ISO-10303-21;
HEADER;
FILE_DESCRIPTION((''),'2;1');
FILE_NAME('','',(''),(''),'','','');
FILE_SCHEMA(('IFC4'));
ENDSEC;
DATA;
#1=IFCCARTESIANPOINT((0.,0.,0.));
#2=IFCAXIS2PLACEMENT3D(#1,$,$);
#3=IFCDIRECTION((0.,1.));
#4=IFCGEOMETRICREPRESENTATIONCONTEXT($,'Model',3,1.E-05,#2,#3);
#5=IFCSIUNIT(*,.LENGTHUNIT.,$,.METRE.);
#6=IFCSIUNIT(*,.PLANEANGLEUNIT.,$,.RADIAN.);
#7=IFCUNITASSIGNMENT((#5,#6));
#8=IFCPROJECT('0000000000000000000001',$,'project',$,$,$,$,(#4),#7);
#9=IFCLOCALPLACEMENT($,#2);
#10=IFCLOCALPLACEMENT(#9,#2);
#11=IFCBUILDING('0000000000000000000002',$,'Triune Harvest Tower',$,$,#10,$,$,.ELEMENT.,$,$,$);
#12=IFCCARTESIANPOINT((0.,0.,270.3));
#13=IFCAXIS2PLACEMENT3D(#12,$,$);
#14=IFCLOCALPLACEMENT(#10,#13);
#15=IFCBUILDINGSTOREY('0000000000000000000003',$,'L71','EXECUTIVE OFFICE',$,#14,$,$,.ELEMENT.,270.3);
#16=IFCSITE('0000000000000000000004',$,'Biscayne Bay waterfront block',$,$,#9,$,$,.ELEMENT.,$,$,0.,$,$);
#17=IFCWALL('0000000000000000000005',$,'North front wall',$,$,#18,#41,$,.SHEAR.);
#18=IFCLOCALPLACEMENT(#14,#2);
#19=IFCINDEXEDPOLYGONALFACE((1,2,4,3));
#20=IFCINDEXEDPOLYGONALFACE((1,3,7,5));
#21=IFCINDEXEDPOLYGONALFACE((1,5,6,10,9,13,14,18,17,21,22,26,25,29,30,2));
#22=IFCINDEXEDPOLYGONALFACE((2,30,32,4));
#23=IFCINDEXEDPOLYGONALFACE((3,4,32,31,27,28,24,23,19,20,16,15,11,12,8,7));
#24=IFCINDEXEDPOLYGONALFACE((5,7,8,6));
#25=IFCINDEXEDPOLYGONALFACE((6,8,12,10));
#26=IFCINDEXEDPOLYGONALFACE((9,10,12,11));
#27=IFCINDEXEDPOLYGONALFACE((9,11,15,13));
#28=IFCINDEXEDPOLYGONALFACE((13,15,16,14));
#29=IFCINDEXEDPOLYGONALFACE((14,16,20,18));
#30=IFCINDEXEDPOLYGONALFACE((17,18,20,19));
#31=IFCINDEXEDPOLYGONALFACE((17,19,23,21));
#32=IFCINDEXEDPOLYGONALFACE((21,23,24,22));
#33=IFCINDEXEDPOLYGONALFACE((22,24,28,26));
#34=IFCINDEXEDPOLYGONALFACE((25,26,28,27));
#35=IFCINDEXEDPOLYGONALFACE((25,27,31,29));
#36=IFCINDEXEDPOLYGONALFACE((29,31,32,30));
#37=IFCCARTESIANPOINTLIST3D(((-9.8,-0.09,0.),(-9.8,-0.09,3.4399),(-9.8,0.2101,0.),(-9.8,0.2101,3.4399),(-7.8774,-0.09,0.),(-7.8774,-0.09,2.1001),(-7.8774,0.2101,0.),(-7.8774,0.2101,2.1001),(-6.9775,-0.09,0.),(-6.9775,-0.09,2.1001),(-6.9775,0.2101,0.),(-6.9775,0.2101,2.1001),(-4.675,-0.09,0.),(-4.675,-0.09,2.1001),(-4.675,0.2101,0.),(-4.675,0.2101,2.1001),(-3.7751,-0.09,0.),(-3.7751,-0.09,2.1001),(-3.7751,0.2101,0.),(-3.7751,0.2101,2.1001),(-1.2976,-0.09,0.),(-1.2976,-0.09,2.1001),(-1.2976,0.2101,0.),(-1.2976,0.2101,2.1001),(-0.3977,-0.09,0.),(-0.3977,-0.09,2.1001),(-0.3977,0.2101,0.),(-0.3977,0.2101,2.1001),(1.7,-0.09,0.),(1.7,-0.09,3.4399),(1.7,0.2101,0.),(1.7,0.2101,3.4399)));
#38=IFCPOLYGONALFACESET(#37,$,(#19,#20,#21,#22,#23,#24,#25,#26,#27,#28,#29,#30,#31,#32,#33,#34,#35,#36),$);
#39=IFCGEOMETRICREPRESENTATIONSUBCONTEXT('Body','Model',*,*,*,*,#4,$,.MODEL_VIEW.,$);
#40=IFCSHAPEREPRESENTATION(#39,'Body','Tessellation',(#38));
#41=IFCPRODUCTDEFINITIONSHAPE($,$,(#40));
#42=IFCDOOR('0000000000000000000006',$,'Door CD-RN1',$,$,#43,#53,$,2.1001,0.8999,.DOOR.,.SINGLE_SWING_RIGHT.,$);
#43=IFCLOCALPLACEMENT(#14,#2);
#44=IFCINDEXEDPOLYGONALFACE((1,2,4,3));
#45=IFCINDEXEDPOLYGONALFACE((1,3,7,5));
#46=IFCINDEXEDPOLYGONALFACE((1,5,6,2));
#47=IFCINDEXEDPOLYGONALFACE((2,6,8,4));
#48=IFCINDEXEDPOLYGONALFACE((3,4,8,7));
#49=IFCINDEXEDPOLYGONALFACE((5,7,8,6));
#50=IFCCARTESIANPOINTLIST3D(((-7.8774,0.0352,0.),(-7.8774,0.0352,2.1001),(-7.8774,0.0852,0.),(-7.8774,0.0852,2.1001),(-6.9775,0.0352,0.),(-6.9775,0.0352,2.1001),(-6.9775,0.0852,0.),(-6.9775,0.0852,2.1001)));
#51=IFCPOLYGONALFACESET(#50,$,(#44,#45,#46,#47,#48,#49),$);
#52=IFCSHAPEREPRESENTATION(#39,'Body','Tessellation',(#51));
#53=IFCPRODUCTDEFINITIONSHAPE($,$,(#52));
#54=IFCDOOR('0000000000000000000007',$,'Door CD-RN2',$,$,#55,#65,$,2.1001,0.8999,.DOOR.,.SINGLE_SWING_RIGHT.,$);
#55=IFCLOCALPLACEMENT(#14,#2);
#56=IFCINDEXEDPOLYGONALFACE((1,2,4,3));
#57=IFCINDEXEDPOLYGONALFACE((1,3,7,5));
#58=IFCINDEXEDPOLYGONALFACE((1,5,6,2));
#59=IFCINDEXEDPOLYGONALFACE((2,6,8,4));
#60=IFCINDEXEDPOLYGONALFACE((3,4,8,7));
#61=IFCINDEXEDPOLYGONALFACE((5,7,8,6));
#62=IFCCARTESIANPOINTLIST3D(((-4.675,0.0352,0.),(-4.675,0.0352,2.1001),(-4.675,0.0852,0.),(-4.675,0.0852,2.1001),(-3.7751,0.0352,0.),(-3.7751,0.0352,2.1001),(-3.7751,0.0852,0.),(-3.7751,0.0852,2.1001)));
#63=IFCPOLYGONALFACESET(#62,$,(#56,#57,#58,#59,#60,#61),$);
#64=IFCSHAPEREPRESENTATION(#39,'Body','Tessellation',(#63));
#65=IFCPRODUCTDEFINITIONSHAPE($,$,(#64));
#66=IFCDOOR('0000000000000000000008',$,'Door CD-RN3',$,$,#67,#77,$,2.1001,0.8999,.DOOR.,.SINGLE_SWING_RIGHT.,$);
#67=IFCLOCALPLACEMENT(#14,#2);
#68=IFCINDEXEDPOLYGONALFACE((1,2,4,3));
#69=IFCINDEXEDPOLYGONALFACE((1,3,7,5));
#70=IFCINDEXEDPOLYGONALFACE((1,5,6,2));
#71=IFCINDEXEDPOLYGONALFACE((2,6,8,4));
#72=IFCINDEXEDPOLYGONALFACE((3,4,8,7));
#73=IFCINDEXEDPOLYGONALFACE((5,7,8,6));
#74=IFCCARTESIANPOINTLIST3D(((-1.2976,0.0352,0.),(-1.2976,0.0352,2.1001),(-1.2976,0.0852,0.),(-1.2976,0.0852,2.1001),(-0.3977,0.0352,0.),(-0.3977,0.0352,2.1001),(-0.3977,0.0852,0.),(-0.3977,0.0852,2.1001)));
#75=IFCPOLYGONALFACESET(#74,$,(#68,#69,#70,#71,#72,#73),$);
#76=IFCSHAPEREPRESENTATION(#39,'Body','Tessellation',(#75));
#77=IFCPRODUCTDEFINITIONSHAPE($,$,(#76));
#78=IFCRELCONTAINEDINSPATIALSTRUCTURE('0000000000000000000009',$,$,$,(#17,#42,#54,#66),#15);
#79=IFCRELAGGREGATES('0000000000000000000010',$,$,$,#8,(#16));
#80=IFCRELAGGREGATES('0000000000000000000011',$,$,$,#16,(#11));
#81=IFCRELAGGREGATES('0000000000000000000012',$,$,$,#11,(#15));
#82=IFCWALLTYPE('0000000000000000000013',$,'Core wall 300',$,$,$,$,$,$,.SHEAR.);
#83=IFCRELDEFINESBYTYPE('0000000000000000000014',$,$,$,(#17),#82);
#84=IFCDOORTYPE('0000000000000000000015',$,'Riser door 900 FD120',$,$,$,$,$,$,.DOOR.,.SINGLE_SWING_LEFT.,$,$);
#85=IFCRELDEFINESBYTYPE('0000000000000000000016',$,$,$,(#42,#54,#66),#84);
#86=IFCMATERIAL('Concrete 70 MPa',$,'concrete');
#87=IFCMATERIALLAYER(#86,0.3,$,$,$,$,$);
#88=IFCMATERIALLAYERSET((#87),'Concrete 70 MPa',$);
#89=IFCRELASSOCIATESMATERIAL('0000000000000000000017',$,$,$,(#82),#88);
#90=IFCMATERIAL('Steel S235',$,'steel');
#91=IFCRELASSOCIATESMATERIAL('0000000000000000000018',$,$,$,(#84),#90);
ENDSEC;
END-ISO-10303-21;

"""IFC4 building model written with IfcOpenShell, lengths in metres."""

from ifc_helpers import new_model, si_unit, direction, frame, frame_2d, origin, place, context, subcontext, project, spatial, rectangle, extrude, source, transform, mapped, material, layer, layer_set, type_object, element, fill, save


model = new_model("IFC4")

# Units and contexts
model_context = context("Model", 3, precision=1e-05, world=origin(), true_north=direction((0.0, 1.0)))
body_context = subcontext(model_context, "Body", "Model", "MODEL_VIEW")
ifc_project = project(units=[si_unit("LENGTHUNIT", "METRE"), si_unit("PLANEANGLEUNIT", "RADIAN")], contexts=[model_context])

# Site, building, storey
site_placement = place(None, origin())
site = spatial("IfcSite", under=ifc_project, at=site_placement, Name="Biscayne Bay waterfront block", CompositionType="ELEMENT", RefElevation=0.0)
building_placement = place(site_placement, origin())
building = spatial("IfcBuilding", under=site, at=building_placement, Name="Triune Harvest Tower", CompositionType="ELEMENT")
storey_placement = place(building_placement, frame((0.0, 0.0, 270.3)))
storey = spatial("IfcBuildingStorey", under=building, at=storey_placement, Name="L71", Description="EXECUTIVE OFFICE", CompositionType="ELEMENT", Elevation=270.3)

# Wall, openings, doors
ifc_material_1 = material(Name="Concrete 70 MPa", Category="concrete")
ifc_layer_1 = layer(ifc_material_1, 0.3)
ifc_layer_set_1 = layer_set([ifc_layer_1], Name="Concrete 70 MPa")
wall_type_1 = type_object("IfcWallType", Name="Core wall 300", PredefinedType="SHEAR", material=ifc_layer_set_1)
shared_shape_1 = source(origin(), body_context, "Body", "SweptSolid", [
    extrude(rectangle(XDim=11.5, YDim=0.3, at=frame_2d((5.75, 0.0))), origin(), (0.0, 0.0, 1.0), 3.4399),
])
wall_1_placement = place(storey_placement, frame((-9.8, 0.0601, 0.0), z_axis=(0.0, 0.0, 1.0), x_axis=(1.0, 0.0, 0.0)))
wall_1 = element("IfcWall", 1, at=wall_1_placement, inside=storey, type_object=wall_type_1, Name="North front wall", PredefinedType="SHEAR", context=body_context, shape_type="MappedRepresentation", body=[
    mapped(shared_shape_1, transform((0.0, 0.0, 0.0), scale=1.0)),
])
opening_1_placement = place(wall_1_placement, frame((1.9226, 0.0, 0.0)))
opening_1 = element("IfcOpeningElement", 2, at=opening_1_placement, cuts=wall_1, PredefinedType="OPENING", context=body_context, shape_type="SweptSolid", body=[
    extrude(rectangle(XDim=0.8999, YDim=2.1001, at=frame_2d((0.45, 1.05))), frame((0.0, 0.1602, 0.0), z_axis=(0.0, -1.0, 0.0), x_axis=(1.0, 0.0, 0.0)), (0.0, 0.0, 1.0), 0.3201),
])
opening_2_placement = place(wall_1_placement, frame((5.125, 0.0, 0.0)))
opening_2 = element("IfcOpeningElement", 3, at=opening_2_placement, cuts=wall_1, PredefinedType="OPENING", context=body_context, shape_type="SweptSolid", body=[
    extrude(rectangle(XDim=0.8999, YDim=2.1001, at=frame_2d((0.45, 1.05))), frame((0.0, 0.1602, 0.0), z_axis=(0.0, -1.0, 0.0), x_axis=(1.0, 0.0, 0.0)), (0.0, 0.0, 1.0), 0.3201),
])
opening_3_placement = place(wall_1_placement, frame((8.5024, 0.0, 0.0)))
opening_3 = element("IfcOpeningElement", 4, at=opening_3_placement, cuts=wall_1, PredefinedType="OPENING", context=body_context, shape_type="SweptSolid", body=[
    extrude(rectangle(XDim=0.8999, YDim=2.1001, at=frame_2d((0.45, 1.05))), frame((0.0, 0.1602, 0.0), z_axis=(0.0, -1.0, 0.0), x_axis=(1.0, 0.0, 0.0)), (0.0, 0.0, 1.0), 0.3201),
])
ifc_material_2 = material(Name="Steel S235", Category="steel")
door_type_1 = type_object("IfcDoorType", Name="Riser door 900 FD120", OperationType="SINGLE_SWING_LEFT", PredefinedType="DOOR", material=ifc_material_2)
door_1_placement = place(opening_1_placement, frame((0.8999, 0.0, 0.0), z_axis=(0.0, 0.0, 1.0), x_axis=(-1.0, 0.0, 0.0)))
door_1 = element("IfcDoor", 5, at=door_1_placement, inside=storey, type_object=door_type_1, Name="Door CD-RN1", OperationType="SINGLE_SWING_RIGHT", OverallHeight=2.1001, OverallWidth=0.8999, PredefinedType="DOOR", context=body_context, shape_type="SweptSolid", body=[
    extrude(rectangle(XDim=0.8999, YDim=2.1001, at=frame_2d((0.45, 1.05))), frame((0.0, 0.0249, 0.0), z_axis=(0.0, -1.0, 0.0), x_axis=(1.0, 0.0, 0.0)), (0.0, 0.0, 1.0), 0.05),
])
fill(opening_1, door_1)
door_2_placement = place(opening_2_placement, frame((0.8999, 0.0, 0.0), z_axis=(0.0, 0.0, 1.0), x_axis=(-1.0, 0.0, 0.0)))
door_2 = element("IfcDoor", 6, at=door_2_placement, inside=storey, type_object=door_type_1, Name="Door CD-RN2", OperationType="SINGLE_SWING_RIGHT", OverallHeight=2.1001, OverallWidth=0.8999, PredefinedType="DOOR", context=body_context, shape_type="SweptSolid", body=[
    extrude(rectangle(XDim=0.8999, YDim=2.1001, at=frame_2d((0.45, 1.05))), frame((0.0, 0.0249, 0.0), z_axis=(0.0, -1.0, 0.0), x_axis=(1.0, 0.0, 0.0)), (0.0, 0.0, 1.0), 0.05),
])
fill(opening_2, door_2)
door_3_placement = place(opening_3_placement, frame((0.8999, 0.0, 0.0), z_axis=(0.0, 0.0, 1.0), x_axis=(-1.0, 0.0, 0.0)))
door_3 = element("IfcDoor", 7, at=door_3_placement, inside=storey, type_object=door_type_1, Name="Door CD-RN3", OperationType="SINGLE_SWING_RIGHT", OverallHeight=2.1001, OverallWidth=0.8999, PredefinedType="DOOR", context=body_context, shape_type="SweptSolid", body=[
    extrude(rectangle(XDim=0.8999, YDim=2.1001, at=frame_2d((0.45, 1.05))), frame((0.0, 0.0249, 0.0), z_axis=(0.0, -1.0, 0.0), x_axis=(1.0, 0.0, 0.0)), (0.0, 0.0, 1.0), 0.05),
])
fill(opening_3, door_3)

save(model, "model.ifc")
